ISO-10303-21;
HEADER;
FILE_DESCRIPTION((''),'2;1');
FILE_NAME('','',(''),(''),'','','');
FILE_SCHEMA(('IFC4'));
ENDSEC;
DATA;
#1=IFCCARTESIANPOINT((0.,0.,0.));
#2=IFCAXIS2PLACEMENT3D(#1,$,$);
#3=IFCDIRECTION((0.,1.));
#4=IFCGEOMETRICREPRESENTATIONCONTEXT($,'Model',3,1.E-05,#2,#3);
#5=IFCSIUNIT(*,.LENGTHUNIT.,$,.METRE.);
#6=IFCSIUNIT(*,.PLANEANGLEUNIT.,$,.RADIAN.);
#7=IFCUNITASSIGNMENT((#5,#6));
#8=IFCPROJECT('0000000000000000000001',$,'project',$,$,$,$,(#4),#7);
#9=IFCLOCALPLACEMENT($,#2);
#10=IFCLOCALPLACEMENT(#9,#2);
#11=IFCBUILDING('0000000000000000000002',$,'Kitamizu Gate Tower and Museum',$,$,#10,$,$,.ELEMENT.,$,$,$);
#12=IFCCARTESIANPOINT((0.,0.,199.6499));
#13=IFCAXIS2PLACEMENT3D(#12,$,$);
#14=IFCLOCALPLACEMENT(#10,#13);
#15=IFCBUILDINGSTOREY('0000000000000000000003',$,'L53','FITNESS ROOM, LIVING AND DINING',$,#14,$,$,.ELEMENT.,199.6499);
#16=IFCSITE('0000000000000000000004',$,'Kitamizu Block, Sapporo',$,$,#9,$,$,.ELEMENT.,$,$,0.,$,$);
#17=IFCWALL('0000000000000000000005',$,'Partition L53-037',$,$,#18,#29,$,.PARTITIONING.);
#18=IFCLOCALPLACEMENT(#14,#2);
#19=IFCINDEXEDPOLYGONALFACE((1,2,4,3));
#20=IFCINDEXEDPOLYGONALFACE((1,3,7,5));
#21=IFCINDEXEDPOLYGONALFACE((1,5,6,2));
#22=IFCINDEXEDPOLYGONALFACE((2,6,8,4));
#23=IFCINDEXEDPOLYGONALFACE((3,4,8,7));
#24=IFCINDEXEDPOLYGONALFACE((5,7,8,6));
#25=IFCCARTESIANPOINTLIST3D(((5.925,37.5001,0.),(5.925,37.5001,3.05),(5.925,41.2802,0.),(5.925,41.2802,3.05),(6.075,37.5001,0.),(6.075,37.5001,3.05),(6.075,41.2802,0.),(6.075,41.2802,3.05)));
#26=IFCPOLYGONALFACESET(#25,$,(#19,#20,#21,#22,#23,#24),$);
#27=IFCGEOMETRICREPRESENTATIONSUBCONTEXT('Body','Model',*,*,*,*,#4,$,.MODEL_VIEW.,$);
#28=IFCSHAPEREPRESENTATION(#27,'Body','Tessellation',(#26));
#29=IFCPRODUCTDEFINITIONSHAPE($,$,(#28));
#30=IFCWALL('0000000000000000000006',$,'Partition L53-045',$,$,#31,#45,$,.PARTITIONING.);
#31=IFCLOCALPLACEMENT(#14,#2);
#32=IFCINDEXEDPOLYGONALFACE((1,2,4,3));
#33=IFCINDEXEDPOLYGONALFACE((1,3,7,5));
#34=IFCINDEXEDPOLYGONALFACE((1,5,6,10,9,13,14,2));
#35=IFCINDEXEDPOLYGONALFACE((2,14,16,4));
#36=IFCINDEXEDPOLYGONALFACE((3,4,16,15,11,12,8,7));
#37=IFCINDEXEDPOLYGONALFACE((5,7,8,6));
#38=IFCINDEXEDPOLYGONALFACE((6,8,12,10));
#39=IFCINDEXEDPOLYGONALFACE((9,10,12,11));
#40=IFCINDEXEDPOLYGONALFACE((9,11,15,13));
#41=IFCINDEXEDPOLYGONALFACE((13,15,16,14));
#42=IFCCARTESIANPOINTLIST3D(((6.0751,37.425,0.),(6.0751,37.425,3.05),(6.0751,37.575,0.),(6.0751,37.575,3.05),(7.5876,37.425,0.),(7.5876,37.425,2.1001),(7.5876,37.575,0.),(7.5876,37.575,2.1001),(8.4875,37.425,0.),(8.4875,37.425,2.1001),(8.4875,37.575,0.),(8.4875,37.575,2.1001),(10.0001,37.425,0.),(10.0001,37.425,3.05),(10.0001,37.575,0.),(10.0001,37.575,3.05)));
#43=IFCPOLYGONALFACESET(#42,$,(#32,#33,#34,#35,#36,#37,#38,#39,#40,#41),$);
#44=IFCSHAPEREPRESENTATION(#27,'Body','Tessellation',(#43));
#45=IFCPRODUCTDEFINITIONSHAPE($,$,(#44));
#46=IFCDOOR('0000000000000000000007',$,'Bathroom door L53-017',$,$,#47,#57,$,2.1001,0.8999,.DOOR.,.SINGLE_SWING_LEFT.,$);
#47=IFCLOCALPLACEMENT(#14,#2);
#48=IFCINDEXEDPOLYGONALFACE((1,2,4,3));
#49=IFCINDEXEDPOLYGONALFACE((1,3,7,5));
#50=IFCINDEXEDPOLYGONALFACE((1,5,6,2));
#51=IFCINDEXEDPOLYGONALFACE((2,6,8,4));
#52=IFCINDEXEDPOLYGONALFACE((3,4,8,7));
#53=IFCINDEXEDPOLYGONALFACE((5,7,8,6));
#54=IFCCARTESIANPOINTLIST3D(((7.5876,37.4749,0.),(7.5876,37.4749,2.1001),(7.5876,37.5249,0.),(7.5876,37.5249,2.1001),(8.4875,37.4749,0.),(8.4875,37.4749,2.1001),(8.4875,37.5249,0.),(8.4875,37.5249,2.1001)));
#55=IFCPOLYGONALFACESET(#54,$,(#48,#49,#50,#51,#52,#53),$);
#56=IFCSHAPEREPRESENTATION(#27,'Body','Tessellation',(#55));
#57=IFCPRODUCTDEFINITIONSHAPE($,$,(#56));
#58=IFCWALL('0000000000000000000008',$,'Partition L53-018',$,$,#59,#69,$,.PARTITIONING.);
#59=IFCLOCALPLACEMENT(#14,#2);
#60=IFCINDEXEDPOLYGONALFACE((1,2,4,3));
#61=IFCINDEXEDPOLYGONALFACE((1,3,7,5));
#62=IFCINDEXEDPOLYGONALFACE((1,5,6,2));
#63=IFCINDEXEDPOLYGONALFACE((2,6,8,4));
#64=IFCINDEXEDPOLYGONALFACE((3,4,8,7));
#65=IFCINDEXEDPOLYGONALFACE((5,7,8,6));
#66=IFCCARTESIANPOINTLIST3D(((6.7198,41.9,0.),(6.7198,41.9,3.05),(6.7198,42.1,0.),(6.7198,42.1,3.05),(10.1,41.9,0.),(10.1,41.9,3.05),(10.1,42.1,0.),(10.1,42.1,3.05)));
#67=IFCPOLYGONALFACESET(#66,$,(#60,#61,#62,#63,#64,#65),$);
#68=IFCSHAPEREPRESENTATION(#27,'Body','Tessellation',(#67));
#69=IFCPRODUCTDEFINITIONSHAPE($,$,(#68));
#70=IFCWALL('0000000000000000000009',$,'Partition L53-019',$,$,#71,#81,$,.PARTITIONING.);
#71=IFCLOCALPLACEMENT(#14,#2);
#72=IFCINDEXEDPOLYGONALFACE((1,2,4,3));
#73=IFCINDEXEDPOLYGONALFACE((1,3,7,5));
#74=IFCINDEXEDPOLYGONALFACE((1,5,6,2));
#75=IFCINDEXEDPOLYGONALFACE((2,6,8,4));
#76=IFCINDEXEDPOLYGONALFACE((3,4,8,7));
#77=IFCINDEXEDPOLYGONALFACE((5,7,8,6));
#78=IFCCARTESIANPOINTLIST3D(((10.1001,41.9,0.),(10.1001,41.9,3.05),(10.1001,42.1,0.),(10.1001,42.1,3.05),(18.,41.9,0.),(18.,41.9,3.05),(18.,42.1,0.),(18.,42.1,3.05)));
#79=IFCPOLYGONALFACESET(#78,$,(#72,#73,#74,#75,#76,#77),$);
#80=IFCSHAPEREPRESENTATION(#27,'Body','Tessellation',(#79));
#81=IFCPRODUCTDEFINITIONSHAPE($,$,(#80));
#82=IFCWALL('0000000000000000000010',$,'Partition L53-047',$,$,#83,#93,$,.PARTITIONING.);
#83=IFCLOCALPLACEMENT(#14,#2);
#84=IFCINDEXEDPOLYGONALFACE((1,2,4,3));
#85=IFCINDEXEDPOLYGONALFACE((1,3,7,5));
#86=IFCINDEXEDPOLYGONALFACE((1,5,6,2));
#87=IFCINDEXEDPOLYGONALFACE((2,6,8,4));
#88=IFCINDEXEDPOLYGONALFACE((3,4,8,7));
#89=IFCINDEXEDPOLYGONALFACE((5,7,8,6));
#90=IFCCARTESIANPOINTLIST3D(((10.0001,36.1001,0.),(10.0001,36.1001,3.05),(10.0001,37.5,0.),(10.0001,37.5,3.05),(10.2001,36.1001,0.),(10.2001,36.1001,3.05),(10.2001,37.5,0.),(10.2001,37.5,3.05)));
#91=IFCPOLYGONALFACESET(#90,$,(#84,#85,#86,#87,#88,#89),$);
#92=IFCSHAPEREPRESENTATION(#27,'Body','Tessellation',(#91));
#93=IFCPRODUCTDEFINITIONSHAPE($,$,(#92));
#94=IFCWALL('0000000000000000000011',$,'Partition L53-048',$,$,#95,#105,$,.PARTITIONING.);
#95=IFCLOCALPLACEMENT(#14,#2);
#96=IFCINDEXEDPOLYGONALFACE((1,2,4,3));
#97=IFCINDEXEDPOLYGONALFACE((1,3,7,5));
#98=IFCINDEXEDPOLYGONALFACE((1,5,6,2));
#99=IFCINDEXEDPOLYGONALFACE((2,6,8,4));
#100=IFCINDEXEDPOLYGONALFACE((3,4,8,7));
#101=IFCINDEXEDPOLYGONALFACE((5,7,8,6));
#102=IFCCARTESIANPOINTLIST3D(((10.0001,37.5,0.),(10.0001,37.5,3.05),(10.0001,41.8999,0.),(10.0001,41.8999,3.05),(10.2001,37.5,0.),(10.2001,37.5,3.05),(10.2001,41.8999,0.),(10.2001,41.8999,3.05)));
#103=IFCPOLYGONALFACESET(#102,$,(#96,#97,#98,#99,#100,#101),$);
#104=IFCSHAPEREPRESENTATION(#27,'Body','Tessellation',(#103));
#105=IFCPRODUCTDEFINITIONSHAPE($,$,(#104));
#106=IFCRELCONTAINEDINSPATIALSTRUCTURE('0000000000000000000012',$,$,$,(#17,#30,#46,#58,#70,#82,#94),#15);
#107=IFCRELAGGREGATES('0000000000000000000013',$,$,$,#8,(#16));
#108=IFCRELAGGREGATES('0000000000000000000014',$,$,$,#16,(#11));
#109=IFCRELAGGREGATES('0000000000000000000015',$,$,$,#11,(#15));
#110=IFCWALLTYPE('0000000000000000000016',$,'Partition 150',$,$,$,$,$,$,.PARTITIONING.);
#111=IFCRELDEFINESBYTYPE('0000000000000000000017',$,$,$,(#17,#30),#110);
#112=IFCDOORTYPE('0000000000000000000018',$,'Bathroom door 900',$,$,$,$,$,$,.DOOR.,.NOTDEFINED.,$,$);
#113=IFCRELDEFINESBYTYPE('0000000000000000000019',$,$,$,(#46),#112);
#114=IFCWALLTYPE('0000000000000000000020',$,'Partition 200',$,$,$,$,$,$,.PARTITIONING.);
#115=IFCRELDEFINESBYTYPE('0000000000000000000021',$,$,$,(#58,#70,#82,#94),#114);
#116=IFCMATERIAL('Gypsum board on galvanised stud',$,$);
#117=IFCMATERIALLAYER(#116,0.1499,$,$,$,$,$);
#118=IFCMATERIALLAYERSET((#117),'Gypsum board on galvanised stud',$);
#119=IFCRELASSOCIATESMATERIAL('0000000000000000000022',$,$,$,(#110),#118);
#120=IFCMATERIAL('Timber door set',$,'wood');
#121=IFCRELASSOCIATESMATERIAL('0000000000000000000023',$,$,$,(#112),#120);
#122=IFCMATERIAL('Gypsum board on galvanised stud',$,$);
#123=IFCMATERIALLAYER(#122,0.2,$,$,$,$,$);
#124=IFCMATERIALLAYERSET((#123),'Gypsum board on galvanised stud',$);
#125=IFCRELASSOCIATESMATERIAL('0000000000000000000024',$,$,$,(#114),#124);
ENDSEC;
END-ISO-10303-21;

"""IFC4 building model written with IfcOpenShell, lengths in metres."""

from ifc_helpers import new_model, si_unit, direction, frame, frame_2d, origin, place, context, subcontext, project, spatial, rectangle, extrude, material, layer, layer_set, type_object, element, fill, save


model = new_model("IFC4")

# Units and contexts
model_context = context("Model", 3, precision=1e-05, world=origin(), true_north=direction((0.0, 1.0)))
body_context = subcontext(model_context, "Body", "Model", "MODEL_VIEW")
ifc_project = project(units=[si_unit("LENGTHUNIT", "METRE"), si_unit("PLANEANGLEUNIT", "RADIAN")], contexts=[model_context])

# Site, building, storey
site_placement = place(None, origin())
site = spatial("IfcSite", under=ifc_project, at=site_placement, Name="Kitamizu Block, Sapporo", CompositionType="ELEMENT", RefElevation=0.0)
building_placement = place(site_placement, origin())
building = spatial("IfcBuilding", under=site, at=building_placement, Name="Kitamizu Gate Tower and Museum", CompositionType="ELEMENT")
storey_placement = place(building_placement, frame((0.0, 0.0, 199.6499)))
storey = spatial("IfcBuildingStorey", under=building, at=storey_placement, Name="L53", Description="FITNESS ROOM, LIVING AND DINING", CompositionType="ELEMENT", Elevation=199.6499)

# Wall
ifc_material_1 = material(Name="Gypsum board on galvanised stud")
ifc_layer_1 = layer(ifc_material_1, 0.1499)
ifc_layer_set_1 = layer_set([ifc_layer_1], Name="Gypsum board on galvanised stud")
wall_type_1 = type_object("IfcWallType", Name="Partition 150", PredefinedType="PARTITIONING", material=ifc_layer_set_1)
wall_1_placement = place(storey_placement, frame((6.0, 37.5, 0.0), z_axis=(0.0, 0.0, 1.0), x_axis=(0.0, 1.0, 0.0)))
element("IfcWall", 1, at=wall_1_placement, inside=storey, type_object=wall_type_1, Name="Partition L53-037", PredefinedType="PARTITIONING", context=body_context, shape_type="SweptSolid", body=[
    extrude(rectangle(XDim=3.78, YDim=0.1499, at=frame_2d((1.8901, 0.0))), origin(), (0.0, 0.0, 1.0), 3.05),
])

# Wall, opening, door
wall_2_placement = place(storey_placement, frame((10.0, 37.5, 0.0), z_axis=(0.0, 0.0, 1.0), x_axis=(-1.0, 0.0, 0.0)))
wall_2 = element("IfcWall", 2, at=wall_2_placement, inside=storey, type_object=wall_type_1, Name="Partition L53-045", PredefinedType="PARTITIONING", context=body_context, shape_type="SweptSolid", body=[
    extrude(rectangle(XDim=3.925, YDim=0.1499, at=frame_2d((1.9624, 0.0))), origin(), (0.0, 0.0, 1.0), 3.05),
])
opening_1_placement = place(wall_2_placement, frame((1.5125, 0.0, 0.0)))
opening_1 = element("IfcOpeningElement", 3, at=opening_1_placement, cuts=wall_2, PredefinedType="OPENING", context=body_context, shape_type="SweptSolid", body=[
    extrude(rectangle(XDim=0.8999, YDim=2.1001, at=frame_2d((0.45, 1.05))), frame((0.0, 0.085, 0.0), z_axis=(0.0, -1.0, 0.0), x_axis=(1.0, 0.0, 0.0)), (0.0, 0.0, 1.0), 0.1699),
])
ifc_material_2 = material(Name="Timber door set", Category="wood")
door_type = type_object("IfcDoorType", Name="Bathroom door 900", OperationType="NOTDEFINED", PredefinedType="DOOR", material=ifc_material_2)
door_placement = place(opening_1_placement, frame((0.8999, 0.0, 0.0), x_axis=(-1.0, 0.0, 0.0)))
door = element("IfcDoor", 4, at=door_placement, inside=storey, type_object=door_type, Name="Bathroom door L53-017", OperationType="SINGLE_SWING_LEFT", OverallHeight=2.1001, OverallWidth=0.8999, PredefinedType="DOOR", context=body_context, shape_type="SweptSolid", body=[
    extrude(rectangle(XDim=0.8999, YDim=2.1001, at=frame_2d((0.45, 1.05))), frame((0.0, 0.0249, 0.0), z_axis=(0.0, -1.0, 0.0), x_axis=(1.0, 0.0, 0.0)), (0.0, 0.0, 1.0), 0.05),
])
fill(opening_1, door)

# Walls
ifc_material_3 = material(Name="Gypsum board on galvanised stud")
ifc_layer_2 = layer(ifc_material_3, 0.2)
ifc_layer_set_2 = layer_set([ifc_layer_2], Name="Gypsum board on galvanised stud")
wall_type_2 = type_object("IfcWallType", Name="Partition 200", PredefinedType="PARTITIONING", material=ifc_layer_set_2)
wall_3_placement = place(storey_placement, frame((6.72, 42.0, 0.0), z_axis=(0.0, 0.0, 1.0), x_axis=(1.0, 0.0, 0.0)))
element("IfcWall", 5, at=wall_3_placement, inside=storey, type_object=wall_type_2, Name="Partition L53-018", PredefinedType="PARTITIONING", context=body_context, shape_type="SweptSolid", body=[
    extrude(rectangle(XDim=3.3801, YDim=0.2, at=frame_2d((1.6899, 0.0))), origin(), (0.0, 0.0, 1.0), 3.05),
])
wall_4_placement = place(storey_placement, frame((10.1001, 42.0, 0.0), z_axis=(0.0, 0.0, 1.0), x_axis=(1.0, 0.0, 0.0)))
element("IfcWall", 6, at=wall_4_placement, inside=storey, type_object=wall_type_2, Name="Partition L53-019", PredefinedType="PARTITIONING", context=body_context, shape_type="SweptSolid", body=[
    extrude(rectangle(XDim=7.8999, YDim=0.2, at=frame_2d((3.95, 0.0))), origin(), (0.0, 0.0, 1.0), 3.05),
])
wall_5_placement = place(storey_placement, frame((10.1001, 36.1001, 0.0), z_axis=(0.0, 0.0, 1.0), x_axis=(0.0, 1.0, 0.0)))
element("IfcWall", 7, at=wall_5_placement, inside=storey, type_object=wall_type_2, Name="Partition L53-047", PredefinedType="PARTITIONING", context=body_context, shape_type="SweptSolid", body=[
    extrude(rectangle(XDim=1.3999, YDim=0.2, at=frame_2d((0.7, 0.0))), origin(), (0.0, 0.0, 1.0), 3.05),
])
wall_6_placement = place(storey_placement, frame((10.1001, 37.5, 0.0), z_axis=(0.0, 0.0, 1.0), x_axis=(0.0, 1.0, 0.0)))
element("IfcWall", 8, at=wall_6_placement, inside=storey, type_object=wall_type_2, Name="Partition L53-048", PredefinedType="PARTITIONING", context=body_context, shape_type="SweptSolid", body=[
    extrude(rectangle(XDim=4.3999, YDim=0.2, at=frame_2d((2.2, 0.0))), origin(), (0.0, 0.0, 1.0), 3.05),
])

save(model, "model.ifc")
